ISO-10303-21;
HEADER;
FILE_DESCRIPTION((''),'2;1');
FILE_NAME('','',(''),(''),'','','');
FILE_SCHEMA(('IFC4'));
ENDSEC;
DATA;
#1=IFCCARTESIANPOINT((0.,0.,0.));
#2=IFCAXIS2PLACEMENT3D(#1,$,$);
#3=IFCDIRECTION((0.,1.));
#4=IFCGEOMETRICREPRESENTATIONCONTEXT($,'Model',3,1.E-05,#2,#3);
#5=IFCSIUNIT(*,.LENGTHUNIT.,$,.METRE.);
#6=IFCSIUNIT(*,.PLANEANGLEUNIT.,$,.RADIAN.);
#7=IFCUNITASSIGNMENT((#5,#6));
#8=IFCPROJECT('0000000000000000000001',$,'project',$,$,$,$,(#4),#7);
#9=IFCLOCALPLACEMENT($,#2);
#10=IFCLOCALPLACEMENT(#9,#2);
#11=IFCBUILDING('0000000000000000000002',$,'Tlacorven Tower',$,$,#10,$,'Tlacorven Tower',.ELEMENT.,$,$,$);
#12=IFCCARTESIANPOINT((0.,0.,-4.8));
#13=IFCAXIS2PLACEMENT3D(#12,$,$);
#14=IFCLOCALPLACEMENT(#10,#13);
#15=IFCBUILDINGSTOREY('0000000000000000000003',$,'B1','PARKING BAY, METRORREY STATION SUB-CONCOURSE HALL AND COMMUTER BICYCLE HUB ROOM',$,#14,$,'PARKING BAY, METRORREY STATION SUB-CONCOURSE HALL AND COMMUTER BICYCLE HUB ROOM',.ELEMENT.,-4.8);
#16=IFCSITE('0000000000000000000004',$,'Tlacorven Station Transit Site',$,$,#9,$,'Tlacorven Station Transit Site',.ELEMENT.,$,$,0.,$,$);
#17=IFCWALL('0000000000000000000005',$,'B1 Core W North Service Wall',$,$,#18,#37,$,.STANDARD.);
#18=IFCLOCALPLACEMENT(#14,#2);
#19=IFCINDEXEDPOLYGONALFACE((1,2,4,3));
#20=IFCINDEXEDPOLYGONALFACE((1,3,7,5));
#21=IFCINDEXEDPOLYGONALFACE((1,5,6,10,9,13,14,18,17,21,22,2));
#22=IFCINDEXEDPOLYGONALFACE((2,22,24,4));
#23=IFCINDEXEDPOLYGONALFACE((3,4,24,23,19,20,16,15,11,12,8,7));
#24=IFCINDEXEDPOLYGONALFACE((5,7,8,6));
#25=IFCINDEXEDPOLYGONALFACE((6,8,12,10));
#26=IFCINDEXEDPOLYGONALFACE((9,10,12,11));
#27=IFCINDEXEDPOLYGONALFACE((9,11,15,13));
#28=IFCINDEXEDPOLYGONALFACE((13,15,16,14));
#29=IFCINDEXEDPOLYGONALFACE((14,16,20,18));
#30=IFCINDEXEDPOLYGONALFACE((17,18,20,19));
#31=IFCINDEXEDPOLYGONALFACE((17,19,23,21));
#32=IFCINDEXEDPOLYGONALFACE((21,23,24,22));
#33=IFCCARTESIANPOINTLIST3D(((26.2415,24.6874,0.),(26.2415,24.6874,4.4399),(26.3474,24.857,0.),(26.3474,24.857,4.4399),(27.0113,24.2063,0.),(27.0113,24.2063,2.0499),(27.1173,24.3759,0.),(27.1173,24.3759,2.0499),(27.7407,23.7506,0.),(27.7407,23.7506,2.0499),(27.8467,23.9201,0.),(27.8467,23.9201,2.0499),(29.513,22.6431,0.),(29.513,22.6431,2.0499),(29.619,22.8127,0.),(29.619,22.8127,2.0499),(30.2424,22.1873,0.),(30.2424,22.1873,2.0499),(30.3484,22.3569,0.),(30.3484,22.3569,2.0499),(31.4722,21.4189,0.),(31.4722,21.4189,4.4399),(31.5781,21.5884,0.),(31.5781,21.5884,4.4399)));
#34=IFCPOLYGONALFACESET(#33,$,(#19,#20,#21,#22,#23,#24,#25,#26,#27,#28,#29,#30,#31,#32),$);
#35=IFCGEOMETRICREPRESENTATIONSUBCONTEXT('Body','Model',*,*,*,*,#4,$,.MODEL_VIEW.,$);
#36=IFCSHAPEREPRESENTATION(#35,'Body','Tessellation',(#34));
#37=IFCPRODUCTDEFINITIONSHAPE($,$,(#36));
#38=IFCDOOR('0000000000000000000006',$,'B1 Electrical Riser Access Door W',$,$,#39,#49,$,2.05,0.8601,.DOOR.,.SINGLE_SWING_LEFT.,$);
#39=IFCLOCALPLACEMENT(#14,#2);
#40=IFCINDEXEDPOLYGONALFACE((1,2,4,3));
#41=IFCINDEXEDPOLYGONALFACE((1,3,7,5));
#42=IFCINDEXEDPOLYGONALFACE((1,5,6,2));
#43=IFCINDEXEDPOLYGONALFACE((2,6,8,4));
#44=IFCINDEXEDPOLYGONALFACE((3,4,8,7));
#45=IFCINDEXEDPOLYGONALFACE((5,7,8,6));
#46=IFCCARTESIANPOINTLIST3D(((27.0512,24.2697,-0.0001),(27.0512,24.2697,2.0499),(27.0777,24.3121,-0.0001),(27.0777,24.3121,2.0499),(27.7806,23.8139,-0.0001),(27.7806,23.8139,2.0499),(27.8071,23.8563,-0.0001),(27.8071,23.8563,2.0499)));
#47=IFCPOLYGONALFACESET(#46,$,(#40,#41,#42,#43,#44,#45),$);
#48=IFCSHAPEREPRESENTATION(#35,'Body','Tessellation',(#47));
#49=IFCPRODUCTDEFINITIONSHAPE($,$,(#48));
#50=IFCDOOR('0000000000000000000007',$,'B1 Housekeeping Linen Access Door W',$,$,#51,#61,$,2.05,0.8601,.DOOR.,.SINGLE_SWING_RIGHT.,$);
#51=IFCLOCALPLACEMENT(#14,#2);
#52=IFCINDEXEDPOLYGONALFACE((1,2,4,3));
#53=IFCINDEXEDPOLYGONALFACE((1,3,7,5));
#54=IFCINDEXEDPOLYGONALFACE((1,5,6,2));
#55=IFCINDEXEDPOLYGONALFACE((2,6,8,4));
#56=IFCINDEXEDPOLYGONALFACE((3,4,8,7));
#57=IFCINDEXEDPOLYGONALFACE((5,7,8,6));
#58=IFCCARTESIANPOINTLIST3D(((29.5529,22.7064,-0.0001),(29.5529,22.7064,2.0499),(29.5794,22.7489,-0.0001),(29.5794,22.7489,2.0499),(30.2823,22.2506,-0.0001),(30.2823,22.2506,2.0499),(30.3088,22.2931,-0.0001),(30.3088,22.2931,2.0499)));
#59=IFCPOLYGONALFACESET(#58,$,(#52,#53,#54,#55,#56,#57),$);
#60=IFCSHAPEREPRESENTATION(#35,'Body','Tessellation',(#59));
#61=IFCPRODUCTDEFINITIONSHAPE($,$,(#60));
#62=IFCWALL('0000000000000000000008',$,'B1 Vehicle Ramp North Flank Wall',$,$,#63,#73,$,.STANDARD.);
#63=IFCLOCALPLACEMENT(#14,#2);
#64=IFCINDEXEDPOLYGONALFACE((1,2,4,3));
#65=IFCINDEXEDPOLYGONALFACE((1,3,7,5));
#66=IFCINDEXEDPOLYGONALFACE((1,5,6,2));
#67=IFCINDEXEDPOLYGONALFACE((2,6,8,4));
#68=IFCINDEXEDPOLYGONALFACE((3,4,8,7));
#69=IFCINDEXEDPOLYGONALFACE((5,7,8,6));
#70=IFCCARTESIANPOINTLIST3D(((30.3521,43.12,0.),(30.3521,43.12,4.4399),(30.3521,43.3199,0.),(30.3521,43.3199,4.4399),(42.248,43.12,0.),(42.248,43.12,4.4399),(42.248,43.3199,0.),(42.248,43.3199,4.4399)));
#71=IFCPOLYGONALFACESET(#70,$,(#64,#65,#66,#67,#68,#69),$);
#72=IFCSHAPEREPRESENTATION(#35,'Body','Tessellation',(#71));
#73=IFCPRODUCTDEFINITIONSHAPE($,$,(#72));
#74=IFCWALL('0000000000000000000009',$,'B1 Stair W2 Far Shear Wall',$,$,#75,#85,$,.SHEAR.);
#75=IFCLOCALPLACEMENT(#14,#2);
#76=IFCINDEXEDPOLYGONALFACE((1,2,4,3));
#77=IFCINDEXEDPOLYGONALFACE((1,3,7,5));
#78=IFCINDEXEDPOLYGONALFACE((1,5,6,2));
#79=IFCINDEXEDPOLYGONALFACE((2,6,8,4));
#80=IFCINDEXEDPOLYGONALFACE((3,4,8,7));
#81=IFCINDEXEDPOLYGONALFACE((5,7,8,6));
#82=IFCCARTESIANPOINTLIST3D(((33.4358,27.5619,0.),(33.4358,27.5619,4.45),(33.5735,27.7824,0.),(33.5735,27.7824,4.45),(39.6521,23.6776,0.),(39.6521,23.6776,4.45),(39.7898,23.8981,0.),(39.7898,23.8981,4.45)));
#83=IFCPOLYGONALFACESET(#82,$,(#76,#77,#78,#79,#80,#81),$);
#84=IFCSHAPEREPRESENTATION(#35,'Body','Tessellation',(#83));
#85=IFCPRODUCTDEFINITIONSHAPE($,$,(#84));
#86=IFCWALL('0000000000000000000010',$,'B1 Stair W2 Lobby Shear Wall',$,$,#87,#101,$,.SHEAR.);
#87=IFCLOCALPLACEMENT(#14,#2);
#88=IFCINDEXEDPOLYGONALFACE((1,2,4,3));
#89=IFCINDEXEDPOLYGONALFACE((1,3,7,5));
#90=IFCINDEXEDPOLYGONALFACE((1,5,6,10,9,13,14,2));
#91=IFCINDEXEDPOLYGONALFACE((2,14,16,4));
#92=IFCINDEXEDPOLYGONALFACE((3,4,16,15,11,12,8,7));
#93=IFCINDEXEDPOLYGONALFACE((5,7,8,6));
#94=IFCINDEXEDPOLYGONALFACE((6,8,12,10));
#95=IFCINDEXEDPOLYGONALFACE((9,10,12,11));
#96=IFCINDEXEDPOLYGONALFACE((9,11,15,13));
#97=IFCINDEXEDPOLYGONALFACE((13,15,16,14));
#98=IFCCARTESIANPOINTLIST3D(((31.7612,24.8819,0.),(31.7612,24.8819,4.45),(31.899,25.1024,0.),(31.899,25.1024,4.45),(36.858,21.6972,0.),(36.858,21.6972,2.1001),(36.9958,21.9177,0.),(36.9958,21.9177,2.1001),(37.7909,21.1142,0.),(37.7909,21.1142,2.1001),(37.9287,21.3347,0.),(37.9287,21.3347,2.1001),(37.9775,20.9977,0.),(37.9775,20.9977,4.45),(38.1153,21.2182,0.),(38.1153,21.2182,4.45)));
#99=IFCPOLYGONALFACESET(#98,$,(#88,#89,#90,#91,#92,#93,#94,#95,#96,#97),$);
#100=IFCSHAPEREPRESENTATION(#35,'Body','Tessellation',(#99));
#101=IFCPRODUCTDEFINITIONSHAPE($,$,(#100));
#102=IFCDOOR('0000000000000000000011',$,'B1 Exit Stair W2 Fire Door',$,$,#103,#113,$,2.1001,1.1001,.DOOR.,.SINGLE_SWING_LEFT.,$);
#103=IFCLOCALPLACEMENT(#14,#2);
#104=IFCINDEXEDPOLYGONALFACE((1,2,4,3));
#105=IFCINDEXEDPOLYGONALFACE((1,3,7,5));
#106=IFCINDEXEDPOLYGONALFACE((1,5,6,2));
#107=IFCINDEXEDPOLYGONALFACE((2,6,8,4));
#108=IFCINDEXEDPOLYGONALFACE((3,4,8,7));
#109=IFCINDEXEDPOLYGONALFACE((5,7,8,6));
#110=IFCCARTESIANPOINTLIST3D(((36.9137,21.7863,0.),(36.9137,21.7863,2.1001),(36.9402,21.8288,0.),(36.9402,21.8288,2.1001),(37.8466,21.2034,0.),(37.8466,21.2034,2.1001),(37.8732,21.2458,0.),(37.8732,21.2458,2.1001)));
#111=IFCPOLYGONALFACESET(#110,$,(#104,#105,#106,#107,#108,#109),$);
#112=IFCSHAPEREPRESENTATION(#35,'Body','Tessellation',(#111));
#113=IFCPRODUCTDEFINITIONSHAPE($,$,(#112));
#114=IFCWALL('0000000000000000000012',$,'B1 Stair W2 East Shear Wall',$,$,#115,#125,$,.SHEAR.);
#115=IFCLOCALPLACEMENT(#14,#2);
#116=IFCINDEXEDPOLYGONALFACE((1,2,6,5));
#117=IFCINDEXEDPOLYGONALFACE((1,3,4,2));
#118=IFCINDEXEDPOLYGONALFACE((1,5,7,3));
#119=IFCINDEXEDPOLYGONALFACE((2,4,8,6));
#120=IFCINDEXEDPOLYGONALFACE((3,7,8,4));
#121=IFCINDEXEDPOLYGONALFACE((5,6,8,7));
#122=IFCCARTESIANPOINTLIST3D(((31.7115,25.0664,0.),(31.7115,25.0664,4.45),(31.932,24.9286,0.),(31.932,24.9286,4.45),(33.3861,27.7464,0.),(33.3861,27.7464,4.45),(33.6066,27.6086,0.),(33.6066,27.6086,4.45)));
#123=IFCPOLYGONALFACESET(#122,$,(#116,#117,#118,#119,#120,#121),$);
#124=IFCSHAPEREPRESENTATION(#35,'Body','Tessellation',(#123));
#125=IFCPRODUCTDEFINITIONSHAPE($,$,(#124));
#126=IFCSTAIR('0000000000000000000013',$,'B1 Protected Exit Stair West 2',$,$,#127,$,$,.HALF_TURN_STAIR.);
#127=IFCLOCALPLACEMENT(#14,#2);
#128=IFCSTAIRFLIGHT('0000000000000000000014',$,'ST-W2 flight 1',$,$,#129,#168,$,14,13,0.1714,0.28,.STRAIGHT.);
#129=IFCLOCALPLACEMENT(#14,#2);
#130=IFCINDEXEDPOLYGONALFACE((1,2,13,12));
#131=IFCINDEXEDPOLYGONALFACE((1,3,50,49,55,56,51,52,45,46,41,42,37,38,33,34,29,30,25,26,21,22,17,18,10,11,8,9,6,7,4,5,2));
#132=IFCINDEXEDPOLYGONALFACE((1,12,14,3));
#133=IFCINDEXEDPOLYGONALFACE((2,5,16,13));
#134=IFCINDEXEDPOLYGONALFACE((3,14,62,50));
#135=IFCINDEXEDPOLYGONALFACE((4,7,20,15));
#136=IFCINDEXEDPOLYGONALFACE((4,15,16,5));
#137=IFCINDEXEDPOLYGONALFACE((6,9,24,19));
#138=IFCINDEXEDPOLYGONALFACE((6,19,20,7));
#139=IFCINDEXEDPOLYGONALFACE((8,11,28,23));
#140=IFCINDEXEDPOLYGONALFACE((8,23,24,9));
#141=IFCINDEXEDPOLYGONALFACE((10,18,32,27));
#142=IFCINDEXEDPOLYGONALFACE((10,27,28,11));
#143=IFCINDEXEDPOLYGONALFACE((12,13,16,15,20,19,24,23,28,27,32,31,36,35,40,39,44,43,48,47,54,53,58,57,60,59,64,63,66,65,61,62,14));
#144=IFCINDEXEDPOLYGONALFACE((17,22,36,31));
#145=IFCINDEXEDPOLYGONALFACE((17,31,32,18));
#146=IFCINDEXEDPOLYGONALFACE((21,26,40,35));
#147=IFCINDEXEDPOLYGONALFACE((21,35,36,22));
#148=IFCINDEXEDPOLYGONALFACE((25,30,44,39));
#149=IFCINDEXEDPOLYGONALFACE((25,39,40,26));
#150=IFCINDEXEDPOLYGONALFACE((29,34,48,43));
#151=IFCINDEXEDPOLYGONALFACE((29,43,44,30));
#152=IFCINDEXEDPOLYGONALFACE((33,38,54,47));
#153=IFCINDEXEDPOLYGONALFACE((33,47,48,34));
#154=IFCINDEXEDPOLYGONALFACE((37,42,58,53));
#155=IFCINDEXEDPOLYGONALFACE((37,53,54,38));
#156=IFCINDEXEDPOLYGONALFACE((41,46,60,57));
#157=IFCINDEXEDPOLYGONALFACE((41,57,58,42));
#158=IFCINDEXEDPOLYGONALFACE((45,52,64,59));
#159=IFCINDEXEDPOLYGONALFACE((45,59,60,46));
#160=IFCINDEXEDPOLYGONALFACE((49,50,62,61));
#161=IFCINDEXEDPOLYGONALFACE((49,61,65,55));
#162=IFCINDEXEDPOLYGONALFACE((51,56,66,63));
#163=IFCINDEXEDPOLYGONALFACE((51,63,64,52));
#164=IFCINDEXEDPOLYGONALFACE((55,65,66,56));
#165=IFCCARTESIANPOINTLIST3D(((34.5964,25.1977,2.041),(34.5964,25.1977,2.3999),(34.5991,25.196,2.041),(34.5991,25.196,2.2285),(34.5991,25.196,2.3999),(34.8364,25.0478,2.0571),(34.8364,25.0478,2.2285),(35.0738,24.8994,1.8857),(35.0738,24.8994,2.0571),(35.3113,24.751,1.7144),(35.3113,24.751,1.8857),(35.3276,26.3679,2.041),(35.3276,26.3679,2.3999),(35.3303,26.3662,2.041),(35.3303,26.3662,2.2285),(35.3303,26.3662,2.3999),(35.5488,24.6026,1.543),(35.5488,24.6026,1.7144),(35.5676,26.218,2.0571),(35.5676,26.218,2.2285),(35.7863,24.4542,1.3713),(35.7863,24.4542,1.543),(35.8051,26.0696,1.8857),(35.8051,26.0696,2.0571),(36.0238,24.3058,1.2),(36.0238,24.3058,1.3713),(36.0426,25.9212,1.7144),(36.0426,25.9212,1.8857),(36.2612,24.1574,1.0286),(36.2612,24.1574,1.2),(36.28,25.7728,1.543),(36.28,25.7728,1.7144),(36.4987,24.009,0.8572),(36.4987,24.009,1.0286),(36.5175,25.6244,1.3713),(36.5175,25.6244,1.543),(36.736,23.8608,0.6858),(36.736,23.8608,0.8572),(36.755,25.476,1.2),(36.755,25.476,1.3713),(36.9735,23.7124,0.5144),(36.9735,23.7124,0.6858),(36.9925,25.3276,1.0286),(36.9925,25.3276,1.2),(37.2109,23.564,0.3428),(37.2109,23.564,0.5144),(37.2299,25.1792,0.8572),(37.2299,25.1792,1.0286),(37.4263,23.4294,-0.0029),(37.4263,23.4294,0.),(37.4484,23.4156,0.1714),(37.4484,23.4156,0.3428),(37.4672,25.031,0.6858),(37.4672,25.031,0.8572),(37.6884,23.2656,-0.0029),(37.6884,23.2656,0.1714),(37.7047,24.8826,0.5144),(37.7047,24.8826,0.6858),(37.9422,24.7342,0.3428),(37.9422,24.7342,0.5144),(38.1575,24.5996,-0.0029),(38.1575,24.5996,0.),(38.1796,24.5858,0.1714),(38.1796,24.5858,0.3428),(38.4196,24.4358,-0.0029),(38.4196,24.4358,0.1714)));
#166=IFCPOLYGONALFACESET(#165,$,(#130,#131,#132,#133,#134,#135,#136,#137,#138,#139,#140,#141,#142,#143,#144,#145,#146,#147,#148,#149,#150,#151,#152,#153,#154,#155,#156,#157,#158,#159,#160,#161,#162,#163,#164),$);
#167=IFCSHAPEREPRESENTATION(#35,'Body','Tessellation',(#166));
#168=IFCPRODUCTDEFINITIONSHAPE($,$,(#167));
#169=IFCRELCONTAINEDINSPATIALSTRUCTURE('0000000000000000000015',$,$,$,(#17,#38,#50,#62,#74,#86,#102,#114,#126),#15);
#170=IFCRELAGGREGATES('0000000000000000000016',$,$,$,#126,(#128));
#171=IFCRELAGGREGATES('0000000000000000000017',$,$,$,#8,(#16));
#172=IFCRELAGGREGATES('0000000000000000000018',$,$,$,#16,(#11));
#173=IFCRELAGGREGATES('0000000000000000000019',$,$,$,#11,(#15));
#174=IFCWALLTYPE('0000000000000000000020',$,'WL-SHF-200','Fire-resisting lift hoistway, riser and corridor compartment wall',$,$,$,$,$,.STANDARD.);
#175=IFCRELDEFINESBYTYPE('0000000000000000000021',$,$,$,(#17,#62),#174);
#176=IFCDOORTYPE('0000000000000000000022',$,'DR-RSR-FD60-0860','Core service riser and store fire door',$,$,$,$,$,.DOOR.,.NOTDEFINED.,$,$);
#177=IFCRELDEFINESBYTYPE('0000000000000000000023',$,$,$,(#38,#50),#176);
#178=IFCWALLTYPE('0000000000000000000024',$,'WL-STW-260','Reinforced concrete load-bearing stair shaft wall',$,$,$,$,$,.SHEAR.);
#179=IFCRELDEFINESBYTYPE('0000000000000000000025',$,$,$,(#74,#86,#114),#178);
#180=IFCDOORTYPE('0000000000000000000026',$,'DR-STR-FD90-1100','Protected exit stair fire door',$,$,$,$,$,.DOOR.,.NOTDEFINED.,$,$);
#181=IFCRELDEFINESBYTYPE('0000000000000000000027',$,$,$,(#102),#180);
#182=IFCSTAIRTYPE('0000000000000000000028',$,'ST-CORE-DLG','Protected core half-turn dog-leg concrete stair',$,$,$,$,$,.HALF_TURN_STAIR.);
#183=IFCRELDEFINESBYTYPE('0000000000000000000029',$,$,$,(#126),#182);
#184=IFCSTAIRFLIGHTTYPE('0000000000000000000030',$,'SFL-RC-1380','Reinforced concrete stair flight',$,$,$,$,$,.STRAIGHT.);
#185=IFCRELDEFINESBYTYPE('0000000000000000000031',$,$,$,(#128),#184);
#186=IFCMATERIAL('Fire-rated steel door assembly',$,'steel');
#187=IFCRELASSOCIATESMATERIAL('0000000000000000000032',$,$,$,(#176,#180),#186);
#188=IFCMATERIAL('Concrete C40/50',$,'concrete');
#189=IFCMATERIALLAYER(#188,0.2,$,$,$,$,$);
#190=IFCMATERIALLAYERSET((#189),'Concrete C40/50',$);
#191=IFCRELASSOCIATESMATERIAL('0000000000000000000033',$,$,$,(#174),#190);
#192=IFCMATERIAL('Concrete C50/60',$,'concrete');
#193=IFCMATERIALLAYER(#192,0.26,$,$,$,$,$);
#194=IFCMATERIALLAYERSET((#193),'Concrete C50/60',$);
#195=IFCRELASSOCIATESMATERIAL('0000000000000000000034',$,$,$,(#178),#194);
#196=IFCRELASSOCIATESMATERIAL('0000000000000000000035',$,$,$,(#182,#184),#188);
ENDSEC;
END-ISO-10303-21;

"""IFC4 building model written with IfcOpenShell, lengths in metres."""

from ifc_helpers import new_model, si_unit, direction, frame, frame_2d, origin, place, context, subcontext, project, spatial, polyline, rectangle, outline, extrude, source, transform, mapped, material, layer, layer_set, type_object, element, fill, aggregate, save


model = new_model("IFC4")

# Units and contexts
model_context = context("Model", 3, precision=1e-05, world=origin(), true_north=direction((0.0, 1.0)))
body_context = subcontext(model_context, "Body", "Model", "MODEL_VIEW")
ifc_project = project(units=[si_unit("LENGTHUNIT", "METRE"), si_unit("PLANEANGLEUNIT", "RADIAN")], contexts=[model_context])

# Site, building, storey
site_placement = place(None, origin())
site = spatial("IfcSite", under=ifc_project, at=site_placement, Name="Tlacorven Station Transit Site", LongName="Tlacorven Station Transit Site", CompositionType="ELEMENT", RefElevation=0.0)
building_placement = place(site_placement, origin())
building = spatial("IfcBuilding", under=site, at=building_placement, Name="Tlacorven Tower", LongName="Tlacorven Tower", CompositionType="ELEMENT")
storey_placement = place(building_placement, frame((0.0, 0.0, -4.8)))
storey = spatial("IfcBuildingStorey", under=building, at=storey_placement, Name="B1", Description="PARKING BAY, METRORREY STATION SUB-CONCOURSE HALL AND COMMUTER BICYCLE HUB ROOM", LongName="PARKING BAY, METRORREY STATION SUB-CONCOURSE HALL AND COMMUTER BICYCLE HUB ROOM", CompositionType="ELEMENT", Elevation=-4.8)

# Shared definitions
ifc_material_1 = material(Name="Fire-rated steel door assembly", Category="steel")
door_type_1 = type_object("IfcDoorType", Name="DR-RSR-FD60-0860", Description="Core service riser and store fire door", OperationType="NOTDEFINED", PredefinedType="DOOR", material=ifc_material_1)
shared_shape_1 = source(origin(), body_context, "Body", "SweptSolid", [
    extrude(rectangle(XDim=0.8601, YDim=2.05, at=frame_2d((0.4302, 1.0249))), frame((0.0, 0.0249, 0.0), z_axis=(0.0, -1.0, 0.0), x_axis=(1.0, 0.0, 0.0)), (0.0, 0.0, 1.0), 0.05),
])

# Shared definitions
ifc_material_2 = material(Name="Concrete C40/50", Category="concrete")
ifc_layer_1 = layer(ifc_material_2, 0.2)
ifc_layer_set_1 = layer_set([ifc_layer_1], Name="Concrete C40/50")
wall_type_1 = type_object("IfcWallType", Name="WL-SHF-200", Description="Fire-resisting lift hoistway, riser and corridor compartment wall", PredefinedType="STANDARD", material=ifc_layer_set_1)

# Wall, openings, doors
wall_1_placement = place(storey_placement, frame((31.5251, 21.5037, 0.0), z_axis=(0.0, 0.0, 1.0), x_axis=(-0.848045, 0.529924, 0.0)))
wall_1 = element("IfcWall", 1, at=wall_1_placement, inside=storey, type_object=wall_type_1, Name="B1 Core W North Service Wall", PredefinedType="STANDARD", context=body_context, shape_type="SweptSolid", body=[
    extrude(rectangle(XDim=6.168, YDim=0.2, at=frame_2d((3.084, 0.0))), origin(), (0.0, 0.0, 1.0), 4.4399),
])
opening_1_placement = place(wall_1_placement, frame((4.3999, 0.0, 0.0)))
opening_1 = element("IfcOpeningElement", 2, at=opening_1_placement, cuts=wall_1, PredefinedType="OPENING", context=body_context, shape_type="SweptSolid", body=[
    extrude(rectangle(XDim=0.8601, YDim=2.05, at=frame_2d((0.4302, 1.0249))), frame((0.0, 0.1099, 0.0), z_axis=(0.0, -1.0, 0.0), x_axis=(1.0, 0.0, 0.0)), (0.0, 0.0, 1.0), 0.22),
])
opening_2_placement = place(wall_1_placement, frame((1.45, 0.0, 0.0)))
opening_2 = element("IfcOpeningElement", 3, at=opening_2_placement, cuts=wall_1, PredefinedType="OPENING", context=body_context, shape_type="SweptSolid", body=[
    extrude(rectangle(XDim=0.8601, YDim=2.05, at=frame_2d((0.4302, 1.0249))), frame((0.0, 0.1099, 0.0), z_axis=(0.0, -1.0, 0.0), x_axis=(1.0, 0.0, 0.0)), (0.0, 0.0, 1.0), 0.22),
])
door_1_placement = place(opening_1_placement, frame((0.8601, 0.0, 0.0), z_axis=(0.0, 0.0, 1.0), x_axis=(-1.0, 0.0, 0.0)))
door_1 = element("IfcDoor", 4, at=door_1_placement, inside=storey, type_object=door_type_1, Name="B1 Electrical Riser Access Door W", OperationType="SINGLE_SWING_LEFT", OverallHeight=2.05, OverallWidth=0.8601, PredefinedType="DOOR", context=body_context, shape_type="MappedRepresentation", body=[
    mapped(shared_shape_1, transform((0.0, 0.0, 0.0), scale=1.0)),
])
fill(opening_1, door_1)
door_2_placement = place(opening_2_placement, frame((0.8601, 0.0, 0.0), z_axis=(0.0, 0.0, 1.0), x_axis=(-1.0, 0.0, 0.0)))
door_2 = element("IfcDoor", 5, at=door_2_placement, inside=storey, type_object=door_type_1, Name="B1 Housekeeping Linen Access Door W", OperationType="SINGLE_SWING_RIGHT", OverallHeight=2.05, OverallWidth=0.8601, PredefinedType="DOOR", context=body_context, shape_type="MappedRepresentation", body=[
    mapped(shared_shape_1, transform((0.0, 0.0, 0.0), scale=1.0)),
])
fill(opening_2, door_2)

# Wall
wall_2_placement = place(storey_placement, frame((30.3521, 43.22, 0.0), z_axis=(0.0, 0.0, 1.0), x_axis=(1.0, 0.0, 0.0)))
element("IfcWall", 6, at=wall_2_placement, inside=storey, type_object=wall_type_1, Name="B1 Vehicle Ramp North Flank Wall", PredefinedType="STANDARD", context=body_context, shape_type="SweptSolid", body=[
    extrude(rectangle(XDim=11.896, YDim=0.2, at=frame_2d((5.948, 0.0))), origin(), (0.0, 0.0, 1.0), 4.4399),
])

# Wall
ifc_material_3 = material(Name="Concrete C50/60", Category="concrete")
ifc_layer_2 = layer(ifc_material_3, 0.26)
ifc_layer_set_2 = layer_set([ifc_layer_2], Name="Concrete C50/60")
wall_type_2 = type_object("IfcWallType", Name="WL-STW-260", Description="Reinforced concrete load-bearing stair shaft wall", PredefinedType="SHEAR", material=ifc_layer_set_2)
wall_3_placement = place(storey_placement, frame((39.7209, 23.7878, 0.0), z_axis=(0.0, 0.0, 1.0), x_axis=(-0.848054, 0.529909, 0.0)))
element("IfcWall", 7, at=wall_3_placement, inside=storey, type_object=wall_type_2, Name="B1 Stair W2 Far Shear Wall", PredefinedType="SHEAR", context=body_context, shape_type="SweptSolid", body=[
    extrude(rectangle(XDim=7.3301, YDim=0.26, at=frame_2d((3.665, 0.0))), origin(), (0.0, 0.0, 1.0), 4.45),
])

# Wall, opening, door
wall_4_placement = place(storey_placement, frame((38.0464, 21.1079, 0.0), z_axis=(0.0, 0.0, 1.0), x_axis=(-0.848054, 0.529909, 0.0)))
wall_4 = element("IfcWall", 8, at=wall_4_placement, inside=storey, type_object=wall_type_2, Name="B1 Stair W2 Lobby Shear Wall", PredefinedType="SHEAR", context=body_context, shape_type="SweptSolid", body=[
    extrude(rectangle(XDim=7.3301, YDim=0.26, at=frame_2d((3.665, 0.0))), origin(), (0.0, 0.0, 1.0), 4.45),
])
opening_3_placement = place(wall_4_placement, frame((0.22, 0.0, 0.0)))
opening_3 = element("IfcOpeningElement", 9, at=opening_3_placement, cuts=wall_4, PredefinedType="OPENING", context=body_context, shape_type="SweptSolid", body=[
    extrude(rectangle(XDim=1.1001, YDim=2.1001, at=frame_2d((0.55, 1.05))), frame((0.0, 0.1401, 0.0), z_axis=(0.0, -1.0, 0.0), x_axis=(1.0, 0.0, 0.0)), (0.0, 0.0, 1.0), 0.28),
])
door_type_2 = type_object("IfcDoorType", Name="DR-STR-FD90-1100", Description="Protected exit stair fire door", OperationType="NOTDEFINED", PredefinedType="DOOR", material=ifc_material_1)
shared_shape_2 = source(origin(), body_context, "Body", "SweptSolid", [
    extrude(rectangle(XDim=1.1001, YDim=2.1001, at=frame_2d((0.55, 1.05))), frame((0.0, 0.0249, 0.0), z_axis=(0.0, -1.0, 0.0), x_axis=(1.0, 0.0, 0.0)), (0.0, 0.0, 1.0), 0.05),
])
door_3_placement = place(opening_3_placement, origin())
door_3 = element("IfcDoor", 10, at=door_3_placement, inside=storey, type_object=door_type_2, Name="B1 Exit Stair W2 Fire Door", OperationType="SINGLE_SWING_LEFT", OverallHeight=2.1001, OverallWidth=1.1001, PredefinedType="DOOR", context=body_context, shape_type="MappedRepresentation", body=[
    mapped(shared_shape_2, transform((0.0, 0.0, 0.0), scale=1.0)),
])
fill(opening_3, door_3)

# Wall
wall_5_placement = place(storey_placement, frame((33.4963, 27.6775, 0.0), z_axis=(0.0, 0.0, 1.0), x_axis=(-0.529909, -0.848055, 0.0)))
element("IfcWall", 11, at=wall_5_placement, inside=storey, type_object=wall_type_2, Name="B1 Stair W2 East Shear Wall", PredefinedType="SHEAR", context=body_context, shape_type="SweptSolid", body=[
    extrude(rectangle(XDim=3.1602, YDim=0.26, at=frame_2d((1.5801, 0.0))), origin(), (0.0, 0.0, 1.0), 4.45),
])

# Stair, stair flight
stair_type = type_object("IfcStairType", Name="ST-CORE-DLG", Description="Protected core half-turn dog-leg concrete stair", PredefinedType="HALF_TURN_STAIR", material=ifc_material_2)
stair_placement = place(storey_placement, origin())
stair = element("IfcStair", 12, at=stair_placement, inside=storey, type_object=stair_type, Name="B1 Protected Exit Stair West 2", PredefinedType="HALF_TURN_STAIR")
stair_flight_type = type_object("IfcStairFlightType", Name="SFL-RC-1380", Description="Reinforced concrete stair flight", PredefinedType="STRAIGHT", material=ifc_material_2)
shared_shape_3 = source(origin(), body_context, "Body", "SweptSolid", [
    extrude(outline(polyline([(-0.0029, -0.0029), (-0.0029, 0.1714), (0.28, 0.1714), (0.28, 0.3428), (0.5601, 0.3428), (0.5601, 0.5144), (0.8401, 0.5144), (0.8401, 0.6858), (1.1201, 0.6858), (1.1201, 0.8572), (1.3999, 0.8572), (1.3999, 1.0286), (1.6799, 1.0286), (1.6799, 1.2), (1.96, 1.2), (1.96, 1.3713), (2.24, 1.3713), (2.24, 1.543), (2.52, 1.543), (2.52, 1.7144), (2.8, 1.7144), (2.8, 1.8857), (3.0801, 1.8857), (3.0801, 2.0571), (3.3601, 2.0571), (3.3601, 2.2285), (3.6399, 2.2285), (3.6399, 2.3999), (3.6431, 2.3999), (3.6431, 2.041), (3.6399, 2.041), (0.3062, 0.0), (0.3062, -0.0029), (-0.0029, -0.0029)])), frame((0.0, 0.6899, 0.0), z_axis=(0.0, -1.0, 0.0), x_axis=(1.0, 0.0, 0.0)), (0.0, 0.0, 1.0), 1.3799),
])
stair_flight_1_placement = place(storey_placement, frame((38.0515, 23.8523, 0.0), z_axis=(0.0, 0.0, 1.0), x_axis=(-0.848048, 0.529919, 0.0)))
stair_flight_1 = element("IfcStairFlight", 13, at=stair_flight_1_placement, type_object=stair_flight_type, Name="ST-W2 flight 1", NumberOfRisers=14, NumberOfTreads=13, PredefinedType="STRAIGHT", RiserHeight=0.1714, TreadLength=0.28, context=body_context, shape_type="MappedRepresentation", body=[
    mapped(shared_shape_3, transform((0.0, 0.0, 0.0), scale=1.0)),
])
aggregate(stair, [stair_flight_1])

save(model, "model.ifc")
